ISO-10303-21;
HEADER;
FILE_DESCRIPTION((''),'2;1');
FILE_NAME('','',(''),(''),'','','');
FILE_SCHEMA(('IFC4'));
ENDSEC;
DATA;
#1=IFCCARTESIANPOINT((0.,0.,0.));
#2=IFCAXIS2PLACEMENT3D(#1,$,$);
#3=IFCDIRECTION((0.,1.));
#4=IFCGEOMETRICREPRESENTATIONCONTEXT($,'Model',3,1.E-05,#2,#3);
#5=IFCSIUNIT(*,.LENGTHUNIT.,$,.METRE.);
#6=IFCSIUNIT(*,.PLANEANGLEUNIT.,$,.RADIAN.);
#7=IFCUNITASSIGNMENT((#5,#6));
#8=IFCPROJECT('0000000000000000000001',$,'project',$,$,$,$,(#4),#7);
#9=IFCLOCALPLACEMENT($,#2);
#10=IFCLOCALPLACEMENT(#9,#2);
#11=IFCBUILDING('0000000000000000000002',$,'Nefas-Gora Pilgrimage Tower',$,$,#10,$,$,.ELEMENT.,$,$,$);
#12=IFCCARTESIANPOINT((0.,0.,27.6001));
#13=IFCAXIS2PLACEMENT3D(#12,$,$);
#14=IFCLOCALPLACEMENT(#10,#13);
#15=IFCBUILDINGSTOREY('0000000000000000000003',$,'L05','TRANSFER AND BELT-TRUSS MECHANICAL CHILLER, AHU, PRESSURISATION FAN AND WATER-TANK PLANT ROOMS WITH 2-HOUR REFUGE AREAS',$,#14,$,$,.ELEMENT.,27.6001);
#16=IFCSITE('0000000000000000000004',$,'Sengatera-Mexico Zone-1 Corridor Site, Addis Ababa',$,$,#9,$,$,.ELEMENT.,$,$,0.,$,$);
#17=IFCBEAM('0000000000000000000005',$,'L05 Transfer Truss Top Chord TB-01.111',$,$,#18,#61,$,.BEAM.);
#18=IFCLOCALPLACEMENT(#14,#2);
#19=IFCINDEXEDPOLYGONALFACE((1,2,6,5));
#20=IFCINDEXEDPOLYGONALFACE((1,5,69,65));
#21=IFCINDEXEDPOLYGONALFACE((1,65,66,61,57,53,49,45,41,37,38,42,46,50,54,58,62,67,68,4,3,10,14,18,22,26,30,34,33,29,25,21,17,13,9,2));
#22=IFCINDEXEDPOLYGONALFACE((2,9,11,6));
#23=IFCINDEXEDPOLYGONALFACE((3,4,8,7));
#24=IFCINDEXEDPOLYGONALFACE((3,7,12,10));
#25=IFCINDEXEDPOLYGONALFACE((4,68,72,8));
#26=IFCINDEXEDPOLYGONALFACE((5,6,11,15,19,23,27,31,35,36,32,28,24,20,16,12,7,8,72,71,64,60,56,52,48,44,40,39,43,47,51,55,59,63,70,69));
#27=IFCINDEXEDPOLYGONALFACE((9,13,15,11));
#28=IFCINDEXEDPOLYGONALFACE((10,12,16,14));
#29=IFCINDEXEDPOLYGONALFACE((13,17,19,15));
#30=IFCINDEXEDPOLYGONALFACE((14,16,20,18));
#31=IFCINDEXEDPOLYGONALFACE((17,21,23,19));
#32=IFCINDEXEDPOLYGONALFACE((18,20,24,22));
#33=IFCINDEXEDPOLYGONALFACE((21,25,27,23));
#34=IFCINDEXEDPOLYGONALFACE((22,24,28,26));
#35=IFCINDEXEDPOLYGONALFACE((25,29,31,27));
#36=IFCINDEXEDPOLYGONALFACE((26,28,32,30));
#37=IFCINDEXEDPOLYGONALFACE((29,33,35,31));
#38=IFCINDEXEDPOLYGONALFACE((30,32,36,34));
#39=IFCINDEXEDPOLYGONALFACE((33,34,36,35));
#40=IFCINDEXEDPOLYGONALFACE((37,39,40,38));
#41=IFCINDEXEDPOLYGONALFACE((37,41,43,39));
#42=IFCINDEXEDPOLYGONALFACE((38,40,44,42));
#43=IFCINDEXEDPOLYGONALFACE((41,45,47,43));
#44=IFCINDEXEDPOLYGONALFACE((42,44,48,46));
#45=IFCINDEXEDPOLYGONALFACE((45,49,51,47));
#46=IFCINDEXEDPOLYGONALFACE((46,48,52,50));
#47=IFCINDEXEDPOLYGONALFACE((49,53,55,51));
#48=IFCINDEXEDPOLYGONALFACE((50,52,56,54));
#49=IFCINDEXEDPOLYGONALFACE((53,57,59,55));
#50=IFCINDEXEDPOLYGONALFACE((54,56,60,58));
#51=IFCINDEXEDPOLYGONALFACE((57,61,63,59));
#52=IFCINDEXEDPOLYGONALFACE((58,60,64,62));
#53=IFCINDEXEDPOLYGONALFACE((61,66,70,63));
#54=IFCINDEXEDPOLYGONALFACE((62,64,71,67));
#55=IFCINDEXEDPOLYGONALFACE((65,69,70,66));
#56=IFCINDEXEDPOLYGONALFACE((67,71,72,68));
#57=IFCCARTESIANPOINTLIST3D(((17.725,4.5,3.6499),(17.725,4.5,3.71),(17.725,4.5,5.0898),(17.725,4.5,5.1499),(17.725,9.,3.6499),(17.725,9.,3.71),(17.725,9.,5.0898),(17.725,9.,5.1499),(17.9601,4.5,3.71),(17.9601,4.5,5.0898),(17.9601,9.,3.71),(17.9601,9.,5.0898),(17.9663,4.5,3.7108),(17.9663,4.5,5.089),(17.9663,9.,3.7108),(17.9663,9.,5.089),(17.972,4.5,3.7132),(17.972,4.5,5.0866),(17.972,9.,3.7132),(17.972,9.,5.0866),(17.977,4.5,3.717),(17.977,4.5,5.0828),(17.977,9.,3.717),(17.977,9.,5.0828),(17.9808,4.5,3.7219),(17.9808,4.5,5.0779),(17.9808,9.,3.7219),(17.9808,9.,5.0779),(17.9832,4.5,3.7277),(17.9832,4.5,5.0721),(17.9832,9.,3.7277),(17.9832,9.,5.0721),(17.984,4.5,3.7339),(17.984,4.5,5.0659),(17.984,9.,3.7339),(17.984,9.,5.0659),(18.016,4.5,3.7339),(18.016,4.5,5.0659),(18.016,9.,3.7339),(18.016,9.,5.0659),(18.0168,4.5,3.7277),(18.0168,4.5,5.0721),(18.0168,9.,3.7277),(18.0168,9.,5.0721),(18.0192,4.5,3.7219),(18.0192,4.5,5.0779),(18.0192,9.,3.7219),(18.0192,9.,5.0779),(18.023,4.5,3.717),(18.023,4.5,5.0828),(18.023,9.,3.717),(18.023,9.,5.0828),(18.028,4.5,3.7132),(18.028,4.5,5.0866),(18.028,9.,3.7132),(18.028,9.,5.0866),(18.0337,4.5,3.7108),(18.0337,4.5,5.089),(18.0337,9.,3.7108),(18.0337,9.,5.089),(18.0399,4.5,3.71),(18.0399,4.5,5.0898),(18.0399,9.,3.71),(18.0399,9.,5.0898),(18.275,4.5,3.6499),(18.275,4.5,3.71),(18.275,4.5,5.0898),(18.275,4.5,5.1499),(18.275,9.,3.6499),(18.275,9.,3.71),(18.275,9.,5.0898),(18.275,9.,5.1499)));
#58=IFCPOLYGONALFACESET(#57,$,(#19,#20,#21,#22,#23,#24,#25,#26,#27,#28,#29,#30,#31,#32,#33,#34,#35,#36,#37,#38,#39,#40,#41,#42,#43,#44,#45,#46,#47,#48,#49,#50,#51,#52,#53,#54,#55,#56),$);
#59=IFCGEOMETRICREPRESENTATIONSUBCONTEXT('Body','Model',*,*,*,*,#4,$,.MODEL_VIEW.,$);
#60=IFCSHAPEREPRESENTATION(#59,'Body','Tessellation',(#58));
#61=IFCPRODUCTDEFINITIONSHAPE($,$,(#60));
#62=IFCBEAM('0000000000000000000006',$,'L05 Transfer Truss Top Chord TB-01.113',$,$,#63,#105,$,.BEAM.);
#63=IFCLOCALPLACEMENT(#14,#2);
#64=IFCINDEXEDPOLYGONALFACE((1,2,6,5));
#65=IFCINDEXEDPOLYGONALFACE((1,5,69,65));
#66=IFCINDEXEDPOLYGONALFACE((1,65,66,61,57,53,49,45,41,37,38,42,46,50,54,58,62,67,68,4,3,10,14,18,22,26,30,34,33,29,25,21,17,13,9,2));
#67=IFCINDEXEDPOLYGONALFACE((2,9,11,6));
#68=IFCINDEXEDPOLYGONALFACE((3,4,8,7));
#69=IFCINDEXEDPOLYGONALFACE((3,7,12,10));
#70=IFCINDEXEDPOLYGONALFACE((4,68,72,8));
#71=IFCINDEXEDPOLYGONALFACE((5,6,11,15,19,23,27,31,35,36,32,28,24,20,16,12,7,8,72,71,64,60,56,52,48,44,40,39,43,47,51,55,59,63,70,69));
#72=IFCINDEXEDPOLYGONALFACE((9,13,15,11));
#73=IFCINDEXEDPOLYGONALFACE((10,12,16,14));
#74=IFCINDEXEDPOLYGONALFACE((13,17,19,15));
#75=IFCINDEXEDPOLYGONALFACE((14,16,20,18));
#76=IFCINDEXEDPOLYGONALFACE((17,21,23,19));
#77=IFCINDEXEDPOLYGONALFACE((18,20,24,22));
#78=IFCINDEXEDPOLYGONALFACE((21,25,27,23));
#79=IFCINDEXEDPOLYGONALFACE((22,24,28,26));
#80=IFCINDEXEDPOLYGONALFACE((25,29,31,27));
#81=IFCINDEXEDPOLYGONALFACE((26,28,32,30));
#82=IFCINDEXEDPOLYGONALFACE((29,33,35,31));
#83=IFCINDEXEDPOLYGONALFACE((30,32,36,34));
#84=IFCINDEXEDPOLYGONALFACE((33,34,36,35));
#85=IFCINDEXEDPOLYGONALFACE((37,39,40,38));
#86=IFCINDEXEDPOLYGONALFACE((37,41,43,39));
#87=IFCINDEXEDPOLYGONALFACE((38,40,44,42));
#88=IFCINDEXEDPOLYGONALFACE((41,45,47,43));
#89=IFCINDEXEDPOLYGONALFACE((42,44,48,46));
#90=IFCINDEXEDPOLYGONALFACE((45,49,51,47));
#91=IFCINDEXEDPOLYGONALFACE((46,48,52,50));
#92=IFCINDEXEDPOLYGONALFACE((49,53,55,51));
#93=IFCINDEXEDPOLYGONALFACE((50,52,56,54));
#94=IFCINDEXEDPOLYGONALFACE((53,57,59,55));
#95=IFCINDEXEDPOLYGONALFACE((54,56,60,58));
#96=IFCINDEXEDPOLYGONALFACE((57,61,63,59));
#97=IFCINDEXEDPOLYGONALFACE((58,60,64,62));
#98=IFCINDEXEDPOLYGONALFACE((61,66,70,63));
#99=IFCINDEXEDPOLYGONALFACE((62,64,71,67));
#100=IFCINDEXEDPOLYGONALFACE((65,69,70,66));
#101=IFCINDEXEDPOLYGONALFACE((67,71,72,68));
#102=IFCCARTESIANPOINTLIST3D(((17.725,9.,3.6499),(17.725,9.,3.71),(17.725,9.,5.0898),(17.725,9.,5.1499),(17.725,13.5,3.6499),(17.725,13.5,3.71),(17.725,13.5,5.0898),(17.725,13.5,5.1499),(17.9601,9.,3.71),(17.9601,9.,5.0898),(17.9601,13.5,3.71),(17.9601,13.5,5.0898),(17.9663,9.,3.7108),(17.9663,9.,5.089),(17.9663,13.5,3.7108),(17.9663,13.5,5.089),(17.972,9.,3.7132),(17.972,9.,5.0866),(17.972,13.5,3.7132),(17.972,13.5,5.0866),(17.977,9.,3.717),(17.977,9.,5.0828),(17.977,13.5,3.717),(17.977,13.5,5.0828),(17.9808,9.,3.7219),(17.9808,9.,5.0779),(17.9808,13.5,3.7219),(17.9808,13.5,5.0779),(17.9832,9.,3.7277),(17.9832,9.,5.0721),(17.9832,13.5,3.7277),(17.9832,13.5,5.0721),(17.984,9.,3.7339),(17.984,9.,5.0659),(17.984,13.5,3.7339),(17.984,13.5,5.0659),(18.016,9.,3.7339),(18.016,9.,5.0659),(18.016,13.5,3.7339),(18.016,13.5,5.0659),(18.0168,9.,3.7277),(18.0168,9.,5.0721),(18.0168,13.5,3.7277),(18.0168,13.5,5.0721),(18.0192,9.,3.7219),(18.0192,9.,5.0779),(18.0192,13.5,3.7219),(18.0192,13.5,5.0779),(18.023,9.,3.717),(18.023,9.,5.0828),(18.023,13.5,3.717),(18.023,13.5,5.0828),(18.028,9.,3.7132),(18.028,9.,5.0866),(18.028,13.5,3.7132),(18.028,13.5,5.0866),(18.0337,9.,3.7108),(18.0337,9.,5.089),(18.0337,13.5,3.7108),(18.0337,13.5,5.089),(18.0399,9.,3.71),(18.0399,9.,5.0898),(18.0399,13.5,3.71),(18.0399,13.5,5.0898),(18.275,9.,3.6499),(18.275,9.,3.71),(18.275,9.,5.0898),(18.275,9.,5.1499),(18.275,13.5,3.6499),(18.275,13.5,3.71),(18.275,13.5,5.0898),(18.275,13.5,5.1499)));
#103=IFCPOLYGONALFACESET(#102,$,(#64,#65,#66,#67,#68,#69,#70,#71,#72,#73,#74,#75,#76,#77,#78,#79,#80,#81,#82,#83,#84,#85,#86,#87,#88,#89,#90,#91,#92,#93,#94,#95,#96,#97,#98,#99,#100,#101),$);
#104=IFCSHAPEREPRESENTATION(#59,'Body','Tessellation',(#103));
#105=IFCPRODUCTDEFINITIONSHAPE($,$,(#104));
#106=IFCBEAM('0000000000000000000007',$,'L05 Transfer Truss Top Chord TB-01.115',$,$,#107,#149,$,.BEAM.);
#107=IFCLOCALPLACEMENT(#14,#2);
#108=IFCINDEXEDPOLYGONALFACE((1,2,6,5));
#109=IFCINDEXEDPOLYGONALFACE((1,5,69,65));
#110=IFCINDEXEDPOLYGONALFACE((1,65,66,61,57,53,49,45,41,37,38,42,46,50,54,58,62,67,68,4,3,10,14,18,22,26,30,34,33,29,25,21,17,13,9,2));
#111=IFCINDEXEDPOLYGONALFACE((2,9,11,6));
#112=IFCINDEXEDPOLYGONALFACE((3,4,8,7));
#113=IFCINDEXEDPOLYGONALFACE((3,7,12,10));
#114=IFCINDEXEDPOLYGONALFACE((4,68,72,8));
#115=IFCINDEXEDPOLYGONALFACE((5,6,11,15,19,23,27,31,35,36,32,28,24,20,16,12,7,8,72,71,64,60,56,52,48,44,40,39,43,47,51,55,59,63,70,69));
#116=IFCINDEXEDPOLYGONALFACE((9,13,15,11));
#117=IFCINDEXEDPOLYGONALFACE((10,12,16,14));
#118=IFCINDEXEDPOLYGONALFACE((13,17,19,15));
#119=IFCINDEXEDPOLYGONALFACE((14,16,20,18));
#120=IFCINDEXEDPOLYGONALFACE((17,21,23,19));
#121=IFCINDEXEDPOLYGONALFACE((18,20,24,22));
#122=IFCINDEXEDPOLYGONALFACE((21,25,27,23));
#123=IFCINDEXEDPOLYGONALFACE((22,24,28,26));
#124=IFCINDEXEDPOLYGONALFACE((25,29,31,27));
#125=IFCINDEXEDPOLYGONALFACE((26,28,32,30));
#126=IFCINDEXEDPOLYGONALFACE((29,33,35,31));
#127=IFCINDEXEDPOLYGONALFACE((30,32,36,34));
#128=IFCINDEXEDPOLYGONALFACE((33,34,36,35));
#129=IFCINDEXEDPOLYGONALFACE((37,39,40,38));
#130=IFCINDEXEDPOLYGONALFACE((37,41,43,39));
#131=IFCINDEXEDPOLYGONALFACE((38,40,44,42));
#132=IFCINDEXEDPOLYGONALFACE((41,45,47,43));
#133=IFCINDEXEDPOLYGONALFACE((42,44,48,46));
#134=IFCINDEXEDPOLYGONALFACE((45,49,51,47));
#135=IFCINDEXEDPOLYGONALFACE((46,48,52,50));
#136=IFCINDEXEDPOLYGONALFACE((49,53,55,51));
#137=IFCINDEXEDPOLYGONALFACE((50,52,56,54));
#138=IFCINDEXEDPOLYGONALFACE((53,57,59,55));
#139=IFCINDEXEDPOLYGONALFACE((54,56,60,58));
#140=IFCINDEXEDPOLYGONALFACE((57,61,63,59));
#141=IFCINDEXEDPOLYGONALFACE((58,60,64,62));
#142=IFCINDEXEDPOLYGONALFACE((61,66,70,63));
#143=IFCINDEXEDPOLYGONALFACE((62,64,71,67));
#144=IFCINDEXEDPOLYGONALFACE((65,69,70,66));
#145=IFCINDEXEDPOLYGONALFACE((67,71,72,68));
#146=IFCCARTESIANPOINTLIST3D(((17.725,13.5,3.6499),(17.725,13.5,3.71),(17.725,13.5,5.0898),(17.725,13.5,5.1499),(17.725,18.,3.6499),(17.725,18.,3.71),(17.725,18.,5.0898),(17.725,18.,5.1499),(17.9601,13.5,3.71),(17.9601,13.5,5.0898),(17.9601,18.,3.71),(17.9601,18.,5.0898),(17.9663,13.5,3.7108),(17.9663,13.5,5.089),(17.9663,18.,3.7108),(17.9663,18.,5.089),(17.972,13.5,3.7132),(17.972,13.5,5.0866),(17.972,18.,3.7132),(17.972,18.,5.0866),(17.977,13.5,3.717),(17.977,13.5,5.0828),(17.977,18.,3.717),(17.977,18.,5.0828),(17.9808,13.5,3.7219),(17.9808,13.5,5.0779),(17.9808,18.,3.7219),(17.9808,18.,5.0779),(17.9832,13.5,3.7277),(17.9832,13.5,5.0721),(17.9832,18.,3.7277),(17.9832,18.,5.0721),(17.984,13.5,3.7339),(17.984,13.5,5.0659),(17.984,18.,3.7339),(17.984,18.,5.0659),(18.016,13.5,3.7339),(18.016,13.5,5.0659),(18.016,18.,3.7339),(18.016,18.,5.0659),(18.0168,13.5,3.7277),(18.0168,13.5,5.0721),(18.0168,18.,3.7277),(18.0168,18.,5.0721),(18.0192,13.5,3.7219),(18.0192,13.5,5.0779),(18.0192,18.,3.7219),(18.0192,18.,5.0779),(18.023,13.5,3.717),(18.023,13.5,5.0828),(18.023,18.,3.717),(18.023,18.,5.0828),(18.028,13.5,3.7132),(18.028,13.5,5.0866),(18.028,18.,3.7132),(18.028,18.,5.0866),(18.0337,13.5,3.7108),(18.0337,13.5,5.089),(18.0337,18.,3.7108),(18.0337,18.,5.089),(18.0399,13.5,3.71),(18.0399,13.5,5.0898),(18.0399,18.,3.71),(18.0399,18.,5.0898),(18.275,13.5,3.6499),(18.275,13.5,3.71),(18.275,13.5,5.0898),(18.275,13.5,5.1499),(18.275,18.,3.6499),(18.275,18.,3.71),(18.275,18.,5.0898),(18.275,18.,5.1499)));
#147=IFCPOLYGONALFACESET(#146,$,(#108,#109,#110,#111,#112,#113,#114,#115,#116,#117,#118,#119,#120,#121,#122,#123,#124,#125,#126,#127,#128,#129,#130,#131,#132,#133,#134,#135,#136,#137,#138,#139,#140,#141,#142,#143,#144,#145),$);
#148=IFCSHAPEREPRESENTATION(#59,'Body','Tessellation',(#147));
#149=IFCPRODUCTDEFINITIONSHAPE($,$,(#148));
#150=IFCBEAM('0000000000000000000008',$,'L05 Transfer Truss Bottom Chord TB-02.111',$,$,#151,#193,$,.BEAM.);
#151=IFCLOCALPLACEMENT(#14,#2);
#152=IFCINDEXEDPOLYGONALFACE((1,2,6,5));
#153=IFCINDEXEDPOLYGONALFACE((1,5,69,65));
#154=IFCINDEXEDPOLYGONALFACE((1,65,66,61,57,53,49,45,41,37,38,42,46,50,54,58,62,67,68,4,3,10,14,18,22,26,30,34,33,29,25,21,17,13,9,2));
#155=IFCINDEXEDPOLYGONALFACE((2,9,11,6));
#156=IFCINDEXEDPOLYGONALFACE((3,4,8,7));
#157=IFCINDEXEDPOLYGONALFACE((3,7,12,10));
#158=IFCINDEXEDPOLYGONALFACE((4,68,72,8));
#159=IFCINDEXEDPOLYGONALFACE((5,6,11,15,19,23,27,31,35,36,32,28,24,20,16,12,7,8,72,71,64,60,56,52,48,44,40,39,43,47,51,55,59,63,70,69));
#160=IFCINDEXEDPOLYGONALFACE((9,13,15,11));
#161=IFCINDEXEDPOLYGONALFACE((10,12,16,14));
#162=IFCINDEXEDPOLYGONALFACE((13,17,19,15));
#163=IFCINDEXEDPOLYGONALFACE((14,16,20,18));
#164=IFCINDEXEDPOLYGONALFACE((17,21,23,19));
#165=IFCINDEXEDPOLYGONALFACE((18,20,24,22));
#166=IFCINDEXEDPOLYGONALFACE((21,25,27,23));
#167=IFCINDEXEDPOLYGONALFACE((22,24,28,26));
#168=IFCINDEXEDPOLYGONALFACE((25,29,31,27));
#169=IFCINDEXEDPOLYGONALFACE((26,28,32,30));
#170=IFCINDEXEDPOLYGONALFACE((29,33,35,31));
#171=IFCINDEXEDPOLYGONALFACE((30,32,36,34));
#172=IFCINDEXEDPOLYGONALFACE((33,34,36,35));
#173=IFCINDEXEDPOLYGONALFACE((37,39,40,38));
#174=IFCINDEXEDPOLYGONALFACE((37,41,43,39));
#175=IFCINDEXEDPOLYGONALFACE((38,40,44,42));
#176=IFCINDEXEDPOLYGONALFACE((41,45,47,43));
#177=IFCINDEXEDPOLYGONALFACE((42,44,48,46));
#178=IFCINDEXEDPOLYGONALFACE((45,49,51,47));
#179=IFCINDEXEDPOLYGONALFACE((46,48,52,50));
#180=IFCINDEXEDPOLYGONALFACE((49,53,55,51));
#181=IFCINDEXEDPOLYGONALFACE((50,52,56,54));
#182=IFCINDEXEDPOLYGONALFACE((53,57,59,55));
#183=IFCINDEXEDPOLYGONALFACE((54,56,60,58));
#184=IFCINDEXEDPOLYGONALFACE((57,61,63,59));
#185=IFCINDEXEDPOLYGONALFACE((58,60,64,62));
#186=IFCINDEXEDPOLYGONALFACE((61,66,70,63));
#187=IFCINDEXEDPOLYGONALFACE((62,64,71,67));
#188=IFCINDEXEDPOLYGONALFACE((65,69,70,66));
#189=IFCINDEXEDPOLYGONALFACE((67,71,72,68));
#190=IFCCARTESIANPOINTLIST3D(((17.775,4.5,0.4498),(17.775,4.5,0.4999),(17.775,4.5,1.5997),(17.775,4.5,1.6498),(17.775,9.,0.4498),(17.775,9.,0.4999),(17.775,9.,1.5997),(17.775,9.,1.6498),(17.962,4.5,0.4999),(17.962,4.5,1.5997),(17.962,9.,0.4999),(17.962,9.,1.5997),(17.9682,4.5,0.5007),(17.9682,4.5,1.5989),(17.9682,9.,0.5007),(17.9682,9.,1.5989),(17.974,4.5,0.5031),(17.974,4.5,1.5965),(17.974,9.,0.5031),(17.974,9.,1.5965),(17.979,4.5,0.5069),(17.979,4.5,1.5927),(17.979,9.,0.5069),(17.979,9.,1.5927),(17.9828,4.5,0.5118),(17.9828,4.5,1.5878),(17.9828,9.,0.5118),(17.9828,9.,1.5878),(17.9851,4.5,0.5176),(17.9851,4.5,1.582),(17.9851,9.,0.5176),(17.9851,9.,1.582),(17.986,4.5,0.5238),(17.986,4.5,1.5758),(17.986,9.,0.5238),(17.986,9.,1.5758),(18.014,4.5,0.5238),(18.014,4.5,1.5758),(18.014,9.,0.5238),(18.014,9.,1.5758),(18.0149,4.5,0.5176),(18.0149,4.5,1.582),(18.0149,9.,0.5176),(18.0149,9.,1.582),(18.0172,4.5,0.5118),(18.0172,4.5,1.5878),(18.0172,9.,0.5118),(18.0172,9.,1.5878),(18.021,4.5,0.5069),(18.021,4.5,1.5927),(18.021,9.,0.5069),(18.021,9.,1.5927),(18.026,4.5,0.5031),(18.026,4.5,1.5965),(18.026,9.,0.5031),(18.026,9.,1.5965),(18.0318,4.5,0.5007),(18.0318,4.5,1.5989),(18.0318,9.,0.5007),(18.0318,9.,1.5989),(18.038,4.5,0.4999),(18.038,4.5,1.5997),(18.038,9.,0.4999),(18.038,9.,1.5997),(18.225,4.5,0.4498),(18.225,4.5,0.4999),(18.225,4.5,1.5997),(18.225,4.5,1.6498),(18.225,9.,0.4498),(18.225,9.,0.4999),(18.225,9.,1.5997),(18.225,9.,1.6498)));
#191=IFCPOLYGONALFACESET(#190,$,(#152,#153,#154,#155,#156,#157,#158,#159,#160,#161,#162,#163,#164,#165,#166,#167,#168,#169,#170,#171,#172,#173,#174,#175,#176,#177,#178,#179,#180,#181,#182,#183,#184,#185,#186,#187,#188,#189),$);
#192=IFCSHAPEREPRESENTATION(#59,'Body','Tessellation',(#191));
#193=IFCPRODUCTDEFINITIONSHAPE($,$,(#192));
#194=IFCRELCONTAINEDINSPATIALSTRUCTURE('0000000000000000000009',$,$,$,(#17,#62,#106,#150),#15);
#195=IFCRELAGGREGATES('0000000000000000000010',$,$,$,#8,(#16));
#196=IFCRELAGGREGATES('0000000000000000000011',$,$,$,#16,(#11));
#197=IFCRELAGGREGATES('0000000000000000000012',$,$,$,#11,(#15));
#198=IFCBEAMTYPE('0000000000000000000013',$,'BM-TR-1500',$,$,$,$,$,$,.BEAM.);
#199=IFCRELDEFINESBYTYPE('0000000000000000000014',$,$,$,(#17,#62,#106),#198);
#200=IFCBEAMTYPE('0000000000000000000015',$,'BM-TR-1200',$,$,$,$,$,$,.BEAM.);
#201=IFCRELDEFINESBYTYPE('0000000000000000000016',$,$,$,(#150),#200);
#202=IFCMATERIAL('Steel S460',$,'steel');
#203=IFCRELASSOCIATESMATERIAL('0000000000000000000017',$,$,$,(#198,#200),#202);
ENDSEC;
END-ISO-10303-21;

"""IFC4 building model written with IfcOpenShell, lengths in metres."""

from ifc_helpers import new_model, si_unit, direction, frame, origin, origin_2d, place, context, subcontext, project, spatial, i_section, extrude, source, transform, mapped, material, material_profile, profile_set, type_object, element, save


model = new_model("IFC4")

# Units and contexts
model_context = context("Model", 3, precision=1e-05, world=origin(), true_north=direction((0.0, 1.0)))
body_context = subcontext(model_context, "Body", "Model", "MODEL_VIEW")
ifc_project = project(units=[si_unit("LENGTHUNIT", "METRE"), si_unit("PLANEANGLEUNIT", "RADIAN")], contexts=[model_context])

# Site, building, storey
site_placement = place(None, origin())
site = spatial("IfcSite", under=ifc_project, at=site_placement, Name="Sengatera-Mexico Zone-1 Corridor Site, Addis Ababa", CompositionType="ELEMENT", RefElevation=0.0)
building_placement = place(site_placement, origin())
building = spatial("IfcBuilding", under=site, at=building_placement, Name="Nefas-Gora Pilgrimage Tower", CompositionType="ELEMENT")
storey_placement = place(building_placement, frame((0.0, 0.0, 27.6001)))
storey = spatial("IfcBuildingStorey", under=building, at=storey_placement, Name="L05", Description="TRANSFER AND BELT-TRUSS MECHANICAL CHILLER, AHU, PRESSURISATION FAN AND WATER-TANK PLANT ROOMS WITH 2-HOUR REFUGE AREAS", CompositionType="ELEMENT", Elevation=27.6001)

# Shared definitions
ifc_material = material(Name="Steel S460", Category="steel")

# Beams
ifc_material_profile_1 = material_profile(ifc_material, i_section(OverallWidth=0.55, OverallDepth=1.5, WebThickness=0.032, FlangeThickness=0.0601, FilletRadius=0.0239, at=origin_2d()), Name="WPG 1500x550x32x60")
ifc_profile_set_1 = profile_set([ifc_material_profile_1], Name="Steel S460")
beam_type_1 = type_object("IfcBeamType", Name="BM-TR-1500", PredefinedType="BEAM", material=ifc_profile_set_1)
shared_shape_1 = source(origin(), body_context, "Body", "SweptSolid", [
    extrude(i_section(OverallWidth=0.55, OverallDepth=1.5, WebThickness=0.032, FlangeThickness=0.0601, FilletRadius=0.0239, at=origin_2d()), origin(), (0.0, 0.0, 1.0), 4.5),
])
for number, where, z_axis, x_axis, name in (
    (1, (18.0, 4.5, 4.3999), (0.0, 1.0, 0.0), (-1.0, 0.0, 0.0), "L05 Transfer Truss Top Chord TB-01.111"),
    (2, (18.0, 9.0, 4.3999), (0.0, 1.0, 0.0), (-1.0, 0.0, 0.0), "L05 Transfer Truss Top Chord TB-01.113"),
    (3, (18.0, 13.5, 4.3999), (0.0, 1.0, 0.0), (-1.0, 0.0, 0.0), "L05 Transfer Truss Top Chord TB-01.115"),
):
    element("IfcBeam", number, at=place(storey_placement, frame(where, z_axis=z_axis, x_axis=x_axis)), inside=storey, type_object=beam_type_1, Name=name, PredefinedType="BEAM", context=body_context, shape_type="MappedRepresentation", body=[
        mapped(shared_shape_1, transform((0.0, 0.0, 0.0), x_axis=(1.0, 0.0, 0.0), y_axis=(0.0, 1.0, 0.0), z_axis=(0.0, 0.0, 1.0), scale=1.0)),
    ])
ifc_material_profile_2 = material_profile(ifc_material, i_section(OverallWidth=0.45, OverallDepth=1.2, WebThickness=0.0281, FlangeThickness=0.05, FilletRadius=0.0239, at=origin_2d()), Name="WPG 1200x450x28x50")
ifc_profile_set_2 = profile_set([ifc_material_profile_2], Name="Steel S460")
beam_type_2 = type_object("IfcBeamType", Name="BM-TR-1200", PredefinedType="BEAM", material=ifc_profile_set_2)
shared_shape_2 = source(origin(), body_context, "Body", "SweptSolid", [
    extrude(i_section(OverallWidth=0.45, OverallDepth=1.2, WebThickness=0.0281, FlangeThickness=0.05, FilletRadius=0.0239, at=origin_2d()), origin(), (0.0, 0.0, 1.0), 4.5),
])
for number, where, z_axis, x_axis, name in (
    (4, (18.0, 4.5, 1.0498), (0.0, 1.0, 0.0), (-1.0, 0.0, 0.0), "L05 Transfer Truss Bottom Chord TB-02.111"),
):
    element("IfcBeam", number, at=place(storey_placement, frame(where, z_axis=z_axis, x_axis=x_axis)), inside=storey, type_object=beam_type_2, Name=name, PredefinedType="BEAM", context=body_context, shape_type="MappedRepresentation", body=[
        mapped(shared_shape_2, transform((0.0, 0.0, 0.0), x_axis=(1.0, 0.0, 0.0), y_axis=(0.0, 1.0, 0.0), z_axis=(0.0, 0.0, 1.0), scale=1.0)),
    ])

save(model, "model.ifc")
